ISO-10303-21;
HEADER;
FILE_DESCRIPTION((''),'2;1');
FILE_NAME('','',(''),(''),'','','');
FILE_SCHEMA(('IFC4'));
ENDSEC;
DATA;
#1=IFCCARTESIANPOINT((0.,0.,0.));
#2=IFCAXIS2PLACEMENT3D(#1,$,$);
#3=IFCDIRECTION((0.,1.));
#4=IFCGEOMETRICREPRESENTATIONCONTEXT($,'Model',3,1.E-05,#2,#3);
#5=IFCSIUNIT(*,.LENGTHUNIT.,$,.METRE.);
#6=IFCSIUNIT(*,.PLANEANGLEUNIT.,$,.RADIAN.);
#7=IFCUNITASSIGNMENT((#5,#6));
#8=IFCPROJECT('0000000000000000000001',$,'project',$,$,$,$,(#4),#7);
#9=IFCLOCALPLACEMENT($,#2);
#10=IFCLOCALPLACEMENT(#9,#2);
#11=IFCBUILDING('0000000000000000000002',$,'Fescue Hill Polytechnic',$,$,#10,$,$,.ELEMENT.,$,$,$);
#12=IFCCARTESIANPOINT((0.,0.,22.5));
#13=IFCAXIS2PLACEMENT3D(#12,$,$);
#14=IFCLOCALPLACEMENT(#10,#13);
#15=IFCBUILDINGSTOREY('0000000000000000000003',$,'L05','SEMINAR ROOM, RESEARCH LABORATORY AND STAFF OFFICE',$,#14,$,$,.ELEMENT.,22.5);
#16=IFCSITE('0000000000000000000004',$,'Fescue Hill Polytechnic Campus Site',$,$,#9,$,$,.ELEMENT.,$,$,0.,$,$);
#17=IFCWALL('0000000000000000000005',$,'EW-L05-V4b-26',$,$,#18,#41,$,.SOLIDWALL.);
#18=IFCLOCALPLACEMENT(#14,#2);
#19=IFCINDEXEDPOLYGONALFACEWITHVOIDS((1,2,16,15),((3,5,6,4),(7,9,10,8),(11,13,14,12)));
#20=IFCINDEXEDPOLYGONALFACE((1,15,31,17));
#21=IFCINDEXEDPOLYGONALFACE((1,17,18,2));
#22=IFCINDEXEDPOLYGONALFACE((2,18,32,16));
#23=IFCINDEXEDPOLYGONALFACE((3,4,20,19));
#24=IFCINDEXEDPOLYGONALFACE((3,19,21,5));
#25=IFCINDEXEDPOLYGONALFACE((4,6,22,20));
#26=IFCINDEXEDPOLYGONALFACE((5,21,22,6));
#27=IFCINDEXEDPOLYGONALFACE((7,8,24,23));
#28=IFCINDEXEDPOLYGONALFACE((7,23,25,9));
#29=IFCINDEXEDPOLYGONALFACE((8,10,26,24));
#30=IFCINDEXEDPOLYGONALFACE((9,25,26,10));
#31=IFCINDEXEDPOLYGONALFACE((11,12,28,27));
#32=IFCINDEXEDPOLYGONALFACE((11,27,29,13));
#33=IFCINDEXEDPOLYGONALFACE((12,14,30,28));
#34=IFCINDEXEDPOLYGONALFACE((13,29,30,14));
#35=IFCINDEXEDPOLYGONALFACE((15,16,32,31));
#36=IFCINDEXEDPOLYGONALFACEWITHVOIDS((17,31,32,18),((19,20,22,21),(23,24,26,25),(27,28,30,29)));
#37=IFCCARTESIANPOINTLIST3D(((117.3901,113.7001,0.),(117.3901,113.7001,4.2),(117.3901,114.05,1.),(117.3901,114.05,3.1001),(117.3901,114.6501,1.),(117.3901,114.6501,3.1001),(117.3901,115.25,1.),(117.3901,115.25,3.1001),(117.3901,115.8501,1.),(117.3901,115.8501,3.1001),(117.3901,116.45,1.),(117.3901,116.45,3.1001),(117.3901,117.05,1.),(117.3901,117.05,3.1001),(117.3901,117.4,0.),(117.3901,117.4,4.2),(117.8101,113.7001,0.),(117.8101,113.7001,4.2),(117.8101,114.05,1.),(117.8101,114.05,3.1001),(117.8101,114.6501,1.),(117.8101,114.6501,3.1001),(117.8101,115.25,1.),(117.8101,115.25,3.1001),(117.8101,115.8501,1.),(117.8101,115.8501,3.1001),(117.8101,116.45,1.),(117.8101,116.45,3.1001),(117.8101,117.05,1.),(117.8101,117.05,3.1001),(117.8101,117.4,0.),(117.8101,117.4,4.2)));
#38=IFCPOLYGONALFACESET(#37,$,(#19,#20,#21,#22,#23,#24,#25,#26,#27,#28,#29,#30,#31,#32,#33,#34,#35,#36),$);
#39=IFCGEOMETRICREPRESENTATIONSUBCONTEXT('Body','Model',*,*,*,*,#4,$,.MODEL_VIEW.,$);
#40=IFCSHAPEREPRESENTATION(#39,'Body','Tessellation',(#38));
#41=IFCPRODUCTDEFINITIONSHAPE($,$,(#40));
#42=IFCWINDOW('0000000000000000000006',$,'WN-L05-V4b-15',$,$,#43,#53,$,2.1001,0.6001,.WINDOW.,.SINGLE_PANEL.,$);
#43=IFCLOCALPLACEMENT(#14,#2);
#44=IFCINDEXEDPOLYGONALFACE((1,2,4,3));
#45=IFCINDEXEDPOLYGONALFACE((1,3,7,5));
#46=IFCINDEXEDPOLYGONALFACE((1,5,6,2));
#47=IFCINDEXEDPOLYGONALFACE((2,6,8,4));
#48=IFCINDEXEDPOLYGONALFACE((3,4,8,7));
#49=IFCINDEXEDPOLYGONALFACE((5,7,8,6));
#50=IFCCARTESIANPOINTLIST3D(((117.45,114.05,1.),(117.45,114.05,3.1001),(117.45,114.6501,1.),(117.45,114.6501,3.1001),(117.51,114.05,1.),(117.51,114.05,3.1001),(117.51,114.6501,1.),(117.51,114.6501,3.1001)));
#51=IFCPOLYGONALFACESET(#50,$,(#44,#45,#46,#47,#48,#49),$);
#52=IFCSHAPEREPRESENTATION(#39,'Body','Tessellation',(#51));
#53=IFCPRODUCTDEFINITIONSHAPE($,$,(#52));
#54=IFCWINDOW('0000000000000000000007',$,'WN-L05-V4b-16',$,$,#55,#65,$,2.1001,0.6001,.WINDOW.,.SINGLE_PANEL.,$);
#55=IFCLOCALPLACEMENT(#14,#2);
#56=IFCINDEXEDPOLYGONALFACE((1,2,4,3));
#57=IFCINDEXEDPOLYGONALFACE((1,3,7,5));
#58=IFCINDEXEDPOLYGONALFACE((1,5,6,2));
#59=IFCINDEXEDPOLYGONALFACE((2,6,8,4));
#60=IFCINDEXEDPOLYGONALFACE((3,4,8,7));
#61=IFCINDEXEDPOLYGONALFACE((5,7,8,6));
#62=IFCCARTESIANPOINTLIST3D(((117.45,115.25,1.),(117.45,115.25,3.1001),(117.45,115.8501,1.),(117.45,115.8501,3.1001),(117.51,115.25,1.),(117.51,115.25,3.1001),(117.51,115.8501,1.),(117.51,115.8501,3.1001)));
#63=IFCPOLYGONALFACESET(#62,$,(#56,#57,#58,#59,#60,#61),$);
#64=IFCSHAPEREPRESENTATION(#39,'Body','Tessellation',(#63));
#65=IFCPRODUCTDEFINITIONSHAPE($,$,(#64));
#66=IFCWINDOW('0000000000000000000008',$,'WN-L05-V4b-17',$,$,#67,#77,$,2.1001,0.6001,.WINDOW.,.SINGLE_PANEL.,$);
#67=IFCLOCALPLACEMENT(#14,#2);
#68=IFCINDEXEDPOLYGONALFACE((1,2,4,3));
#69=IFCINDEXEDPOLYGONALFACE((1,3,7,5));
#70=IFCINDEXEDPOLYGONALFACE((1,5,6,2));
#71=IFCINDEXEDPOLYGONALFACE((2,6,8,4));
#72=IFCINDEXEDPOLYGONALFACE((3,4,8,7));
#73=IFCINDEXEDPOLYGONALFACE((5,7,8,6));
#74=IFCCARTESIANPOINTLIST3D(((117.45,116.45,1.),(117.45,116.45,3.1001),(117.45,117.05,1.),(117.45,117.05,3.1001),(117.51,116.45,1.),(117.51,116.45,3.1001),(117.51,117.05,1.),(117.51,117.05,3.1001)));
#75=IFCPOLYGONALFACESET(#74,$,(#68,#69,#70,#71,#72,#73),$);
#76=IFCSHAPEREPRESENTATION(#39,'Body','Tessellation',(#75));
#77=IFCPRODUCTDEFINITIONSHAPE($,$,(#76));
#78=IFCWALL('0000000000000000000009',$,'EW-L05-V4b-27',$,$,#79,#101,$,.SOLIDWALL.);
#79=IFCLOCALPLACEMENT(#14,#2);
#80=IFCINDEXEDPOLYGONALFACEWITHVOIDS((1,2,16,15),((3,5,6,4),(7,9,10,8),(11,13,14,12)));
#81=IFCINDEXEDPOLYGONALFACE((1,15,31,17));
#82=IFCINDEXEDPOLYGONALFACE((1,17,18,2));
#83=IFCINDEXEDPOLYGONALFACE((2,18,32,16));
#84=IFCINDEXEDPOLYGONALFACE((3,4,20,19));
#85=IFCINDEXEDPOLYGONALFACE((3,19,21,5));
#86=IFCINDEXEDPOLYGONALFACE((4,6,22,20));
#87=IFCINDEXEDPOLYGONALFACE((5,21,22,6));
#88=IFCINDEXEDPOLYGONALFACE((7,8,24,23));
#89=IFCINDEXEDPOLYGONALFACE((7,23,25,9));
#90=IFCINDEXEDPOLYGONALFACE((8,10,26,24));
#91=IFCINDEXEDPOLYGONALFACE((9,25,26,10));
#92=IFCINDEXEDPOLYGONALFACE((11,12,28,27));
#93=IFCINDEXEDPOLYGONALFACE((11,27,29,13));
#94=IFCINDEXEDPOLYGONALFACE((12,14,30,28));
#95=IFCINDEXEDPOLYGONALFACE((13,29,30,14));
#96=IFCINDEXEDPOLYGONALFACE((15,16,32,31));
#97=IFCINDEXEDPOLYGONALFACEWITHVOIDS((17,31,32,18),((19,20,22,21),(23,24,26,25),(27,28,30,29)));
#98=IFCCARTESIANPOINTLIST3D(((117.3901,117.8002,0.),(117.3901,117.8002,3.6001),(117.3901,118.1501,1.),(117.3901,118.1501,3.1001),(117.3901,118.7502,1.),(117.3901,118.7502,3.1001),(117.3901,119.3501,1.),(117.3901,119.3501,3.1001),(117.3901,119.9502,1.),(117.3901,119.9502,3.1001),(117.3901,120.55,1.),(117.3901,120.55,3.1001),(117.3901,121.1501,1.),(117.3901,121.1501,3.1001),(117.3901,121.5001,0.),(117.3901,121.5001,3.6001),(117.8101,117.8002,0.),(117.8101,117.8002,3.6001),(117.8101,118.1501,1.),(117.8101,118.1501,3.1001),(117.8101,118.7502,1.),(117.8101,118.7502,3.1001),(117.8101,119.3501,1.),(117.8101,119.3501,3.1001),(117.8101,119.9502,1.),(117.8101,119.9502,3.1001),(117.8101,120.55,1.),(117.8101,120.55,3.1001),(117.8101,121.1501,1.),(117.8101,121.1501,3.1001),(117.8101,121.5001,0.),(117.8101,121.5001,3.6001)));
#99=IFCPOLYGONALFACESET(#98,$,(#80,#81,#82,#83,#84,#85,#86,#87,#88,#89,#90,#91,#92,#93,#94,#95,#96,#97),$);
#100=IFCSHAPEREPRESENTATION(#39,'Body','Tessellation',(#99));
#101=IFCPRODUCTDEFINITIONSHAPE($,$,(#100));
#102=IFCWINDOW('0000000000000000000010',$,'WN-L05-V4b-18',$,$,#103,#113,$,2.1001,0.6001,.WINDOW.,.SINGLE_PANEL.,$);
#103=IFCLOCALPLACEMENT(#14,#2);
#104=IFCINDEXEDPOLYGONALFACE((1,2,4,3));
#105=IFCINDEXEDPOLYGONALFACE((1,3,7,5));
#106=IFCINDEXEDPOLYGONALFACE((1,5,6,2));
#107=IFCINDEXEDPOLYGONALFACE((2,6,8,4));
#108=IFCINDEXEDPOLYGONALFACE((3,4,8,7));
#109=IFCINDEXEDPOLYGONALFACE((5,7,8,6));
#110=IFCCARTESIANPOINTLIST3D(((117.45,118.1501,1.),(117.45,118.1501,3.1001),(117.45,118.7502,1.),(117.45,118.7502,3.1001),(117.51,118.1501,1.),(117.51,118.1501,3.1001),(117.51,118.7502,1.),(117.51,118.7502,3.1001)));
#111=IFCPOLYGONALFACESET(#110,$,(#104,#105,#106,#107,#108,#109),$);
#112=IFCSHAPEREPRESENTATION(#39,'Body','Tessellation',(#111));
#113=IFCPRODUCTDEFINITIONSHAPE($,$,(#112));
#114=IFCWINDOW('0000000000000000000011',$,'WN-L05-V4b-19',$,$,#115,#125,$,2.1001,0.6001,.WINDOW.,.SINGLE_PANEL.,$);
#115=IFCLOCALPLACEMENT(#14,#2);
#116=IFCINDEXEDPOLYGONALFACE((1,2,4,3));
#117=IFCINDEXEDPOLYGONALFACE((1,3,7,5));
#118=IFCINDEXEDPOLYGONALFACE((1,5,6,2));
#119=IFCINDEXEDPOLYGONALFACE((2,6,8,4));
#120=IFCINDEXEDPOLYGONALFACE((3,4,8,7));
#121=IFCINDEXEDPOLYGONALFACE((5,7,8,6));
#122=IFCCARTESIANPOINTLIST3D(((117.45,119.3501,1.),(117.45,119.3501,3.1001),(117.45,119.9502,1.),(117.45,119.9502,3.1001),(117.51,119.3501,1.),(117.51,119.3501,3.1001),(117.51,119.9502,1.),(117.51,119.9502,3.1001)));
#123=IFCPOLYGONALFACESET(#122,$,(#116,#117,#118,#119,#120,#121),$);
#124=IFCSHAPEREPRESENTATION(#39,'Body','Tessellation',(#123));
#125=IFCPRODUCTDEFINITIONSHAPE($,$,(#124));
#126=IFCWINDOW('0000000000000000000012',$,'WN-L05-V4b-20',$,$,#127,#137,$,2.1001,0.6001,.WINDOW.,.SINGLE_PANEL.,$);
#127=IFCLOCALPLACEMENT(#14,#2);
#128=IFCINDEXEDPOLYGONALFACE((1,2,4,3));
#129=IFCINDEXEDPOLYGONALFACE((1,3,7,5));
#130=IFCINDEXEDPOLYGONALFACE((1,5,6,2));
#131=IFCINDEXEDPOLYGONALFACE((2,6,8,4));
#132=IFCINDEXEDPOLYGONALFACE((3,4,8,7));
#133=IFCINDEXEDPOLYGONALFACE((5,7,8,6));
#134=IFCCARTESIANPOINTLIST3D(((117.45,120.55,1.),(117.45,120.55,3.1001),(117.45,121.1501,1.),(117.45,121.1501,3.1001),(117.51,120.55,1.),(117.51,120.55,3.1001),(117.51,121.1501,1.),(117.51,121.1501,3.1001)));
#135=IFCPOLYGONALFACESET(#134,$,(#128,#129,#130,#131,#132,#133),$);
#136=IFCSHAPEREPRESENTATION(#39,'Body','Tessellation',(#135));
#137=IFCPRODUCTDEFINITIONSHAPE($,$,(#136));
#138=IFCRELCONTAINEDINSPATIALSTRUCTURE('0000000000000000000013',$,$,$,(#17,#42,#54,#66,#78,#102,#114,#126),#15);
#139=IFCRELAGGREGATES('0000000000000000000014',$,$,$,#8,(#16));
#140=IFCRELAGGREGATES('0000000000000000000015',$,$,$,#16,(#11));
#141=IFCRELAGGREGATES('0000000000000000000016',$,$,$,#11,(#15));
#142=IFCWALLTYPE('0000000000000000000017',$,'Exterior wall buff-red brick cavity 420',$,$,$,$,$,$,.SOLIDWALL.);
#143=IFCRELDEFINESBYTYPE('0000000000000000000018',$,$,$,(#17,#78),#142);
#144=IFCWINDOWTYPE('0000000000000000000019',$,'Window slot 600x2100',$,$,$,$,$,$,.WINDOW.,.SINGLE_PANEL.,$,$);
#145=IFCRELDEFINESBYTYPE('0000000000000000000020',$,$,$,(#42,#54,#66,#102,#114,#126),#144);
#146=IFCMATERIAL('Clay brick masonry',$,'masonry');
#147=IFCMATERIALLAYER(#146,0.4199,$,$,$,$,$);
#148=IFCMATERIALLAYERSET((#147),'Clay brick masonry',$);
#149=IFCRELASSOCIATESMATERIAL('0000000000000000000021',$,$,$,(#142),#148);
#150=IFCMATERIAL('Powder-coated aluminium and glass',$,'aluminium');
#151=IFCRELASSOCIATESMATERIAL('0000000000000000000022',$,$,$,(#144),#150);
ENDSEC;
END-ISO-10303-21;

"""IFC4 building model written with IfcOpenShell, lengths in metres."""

from ifc_helpers import new_model, si_unit, direction, frame, frame_2d, origin, place, context, subcontext, project, spatial, rectangle, extrude, material, layer, layer_set, type_object, element, fill, save


model = new_model("IFC4")

# Units and contexts
model_context = context("Model", 3, precision=1e-05, world=origin(), true_north=direction((0.0, 1.0)))
body_context = subcontext(model_context, "Body", "Model", "MODEL_VIEW")
ifc_project = project(units=[si_unit("LENGTHUNIT", "METRE"), si_unit("PLANEANGLEUNIT", "RADIAN")], contexts=[model_context])

# Site, building, storey
site_placement = place(None, origin())
site = spatial("IfcSite", under=ifc_project, at=site_placement, Name="Fescue Hill Polytechnic Campus Site", CompositionType="ELEMENT", RefElevation=0.0)
building_placement = place(site_placement, origin())
building = spatial("IfcBuilding", under=site, at=building_placement, Name="Fescue Hill Polytechnic", CompositionType="ELEMENT")
storey_placement = place(building_placement, frame((0.0, 0.0, 22.5)))
storey = spatial("IfcBuildingStorey", under=building, at=storey_placement, Name="L05", Description="SEMINAR ROOM, RESEARCH LABORATORY AND STAFF OFFICE", CompositionType="ELEMENT", Elevation=22.5)

# Shared definitions
ifc_material_1 = material(Name="Clay brick masonry", Category="masonry")

# Shared definitions
ifc_material_2 = material(Name="Powder-coated aluminium and glass", Category="aluminium")

# Walls, openings, windows
ifc_layer_1 = layer(ifc_material_1, 0.4199)
ifc_layer_set_1 = layer_set([ifc_layer_1], Name="Clay brick masonry")
wall_type_1 = type_object("IfcWallType", Name="Exterior wall buff-red brick cavity 420", PredefinedType="SOLIDWALL", material=ifc_layer_set_1)
window_type_1 = type_object("IfcWindowType", Name="Window slot 600x2100", PartitioningType="SINGLE_PANEL", PredefinedType="WINDOW", material=ifc_material_2)
wall_1_placement = place(storey_placement, frame((117.6001, 113.7, 0.0), z_axis=(0.0, 0.0, 1.0), x_axis=(0.0, 1.0, 0.0)))
wall_1 = element("IfcWall", 1, at=wall_1_placement, inside=storey, type_object=wall_type_1, Name="EW-L05-V4b-26", PredefinedType="SOLIDWALL", context=body_context, shape_type="SweptSolid", body=[
    extrude(rectangle(XDim=3.7, YDim=0.4199, at=frame_2d((1.8501, 0.0))), origin(), (0.0, 0.0, 1.0), 4.2),
])
opening_1_placement = place(wall_1_placement, frame((0.3501, 0.0, 1.0)))
opening_1 = element("IfcOpeningElement", 2, at=opening_1_placement, cuts=wall_1, PredefinedType="OPENING", context=body_context, shape_type="SweptSolid", body=[
    extrude(rectangle(XDim=0.6001, YDim=2.1001, at=frame_2d((0.3, 1.05))), frame((0.0, 0.22, 0.0), z_axis=(0.0, -1.0, 0.0), x_axis=(1.0, 0.0, 0.0)), (0.0, 0.0, 1.0), 0.4399),
])
opening_2_placement = place(wall_1_placement, frame((1.55, 0.0, 1.0)))
opening_2 = element("IfcOpeningElement", 3, at=opening_2_placement, cuts=wall_1, PredefinedType="OPENING", context=body_context, shape_type="SweptSolid", body=[
    extrude(rectangle(XDim=0.6001, YDim=2.1001, at=frame_2d((0.3, 1.05))), frame((0.0, 0.22, 0.0), z_axis=(0.0, -1.0, 0.0), x_axis=(1.0, 0.0, 0.0)), (0.0, 0.0, 1.0), 0.4399),
])
opening_3_placement = place(wall_1_placement, frame((2.75, 0.0, 1.0)))
opening_3 = element("IfcOpeningElement", 4, at=opening_3_placement, cuts=wall_1, PredefinedType="OPENING", context=body_context, shape_type="SweptSolid", body=[
    extrude(rectangle(XDim=0.6001, YDim=2.1001, at=frame_2d((0.3, 1.05))), frame((0.0, 0.22, 0.0), z_axis=(0.0, -1.0, 0.0), x_axis=(1.0, 0.0, 0.0)), (0.0, 0.0, 1.0), 0.4399),
])
window_1_placement = place(opening_1_placement, origin())
window_1 = element("IfcWindow", 5, at=window_1_placement, inside=storey, type_object=window_type_1, Name="WN-L05-V4b-15", OverallHeight=2.1001, OverallWidth=0.6001, PartitioningType="SINGLE_PANEL", PredefinedType="WINDOW", context=body_context, shape_type="SweptSolid", body=[
    extrude(rectangle(XDim=0.6001, YDim=2.1001, at=frame_2d((0.3, 1.05))), frame((0.0, 0.1501, 0.0), z_axis=(0.0, -1.0, 0.0), x_axis=(1.0, 0.0, 0.0)), (0.0, 0.0, 1.0), 0.0601),
])
fill(opening_1, window_1)
window_2_placement = place(opening_2_placement, origin())
window_2 = element("IfcWindow", 6, at=window_2_placement, inside=storey, type_object=window_type_1, Name="WN-L05-V4b-16", OverallHeight=2.1001, OverallWidth=0.6001, PartitioningType="SINGLE_PANEL", PredefinedType="WINDOW", context=body_context, shape_type="SweptSolid", body=[
    extrude(rectangle(XDim=0.6001, YDim=2.1001, at=frame_2d((0.3, 1.05))), frame((0.0, 0.1501, 0.0), z_axis=(0.0, -1.0, 0.0), x_axis=(1.0, 0.0, 0.0)), (0.0, 0.0, 1.0), 0.0601),
])
fill(opening_2, window_2)
window_3_placement = place(opening_3_placement, origin())
window_3 = element("IfcWindow", 7, at=window_3_placement, inside=storey, type_object=window_type_1, Name="WN-L05-V4b-17", OverallHeight=2.1001, OverallWidth=0.6001, PartitioningType="SINGLE_PANEL", PredefinedType="WINDOW", context=body_context, shape_type="SweptSolid", body=[
    extrude(rectangle(XDim=0.6001, YDim=2.1001, at=frame_2d((0.3, 1.05))), frame((0.0, 0.1501, 0.0), z_axis=(0.0, -1.0, 0.0), x_axis=(1.0, 0.0, 0.0)), (0.0, 0.0, 1.0), 0.0601),
])
fill(opening_3, window_3)
wall_2_placement = place(storey_placement, frame((117.6001, 117.8, 0.0), z_axis=(0.0, 0.0, 1.0), x_axis=(0.0, 1.0, 0.0)))
wall_2 = element("IfcWall", 8, at=wall_2_placement, inside=storey, type_object=wall_type_1, Name="EW-L05-V4b-27", PredefinedType="SOLIDWALL", context=body_context, shape_type="SweptSolid", body=[
    extrude(rectangle(XDim=3.7, YDim=0.4199, at=frame_2d((1.8501, 0.0))), origin(), (0.0, 0.0, 1.0), 3.6001),
])
opening_4_placement = place(wall_2_placement, frame((0.3501, 0.0, 1.0)))
opening_4 = element("IfcOpeningElement", 9, at=opening_4_placement, cuts=wall_2, PredefinedType="OPENING", context=body_context, shape_type="SweptSolid", body=[
    extrude(rectangle(XDim=0.6001, YDim=2.1001, at=frame_2d((0.3, 1.05))), frame((0.0, 0.22, 0.0), z_axis=(0.0, -1.0, 0.0), x_axis=(1.0, 0.0, 0.0)), (0.0, 0.0, 1.0), 0.4399),
])
opening_5_placement = place(wall_2_placement, frame((1.55, 0.0, 1.0)))
opening_5 = element("IfcOpeningElement", 10, at=opening_5_placement, cuts=wall_2, PredefinedType="OPENING", context=body_context, shape_type="SweptSolid", body=[
    extrude(rectangle(XDim=0.6001, YDim=2.1001, at=frame_2d((0.3, 1.05))), frame((0.0, 0.22, 0.0), z_axis=(0.0, -1.0, 0.0), x_axis=(1.0, 0.0, 0.0)), (0.0, 0.0, 1.0), 0.4399),
])
opening_6_placement = place(wall_2_placement, frame((2.75, 0.0, 1.0)))
opening_6 = element("IfcOpeningElement", 11, at=opening_6_placement, cuts=wall_2, PredefinedType="OPENING", context=body_context, shape_type="SweptSolid", body=[
    extrude(rectangle(XDim=0.6001, YDim=2.1001, at=frame_2d((0.3, 1.05))), frame((0.0, 0.22, 0.0), z_axis=(0.0, -1.0, 0.0), x_axis=(1.0, 0.0, 0.0)), (0.0, 0.0, 1.0), 0.4399),
])
window_4_placement = place(opening_4_placement, origin())
window_4 = element("IfcWindow", 12, at=window_4_placement, inside=storey, type_object=window_type_1, Name="WN-L05-V4b-18", OverallHeight=2.1001, OverallWidth=0.6001, PartitioningType="SINGLE_PANEL", PredefinedType="WINDOW", context=body_context, shape_type="SweptSolid", body=[
    extrude(rectangle(XDim=0.6001, YDim=2.1001, at=frame_2d((0.3, 1.05))), frame((0.0, 0.1501, 0.0), z_axis=(0.0, -1.0, 0.0), x_axis=(1.0, 0.0, 0.0)), (0.0, 0.0, 1.0), 0.0601),
])
fill(opening_4, window_4)
window_5_placement = place(opening_5_placement, origin())
window_5 = element("IfcWindow", 13, at=window_5_placement, inside=storey, type_object=window_type_1, Name="WN-L05-V4b-19", OverallHeight=2.1001, OverallWidth=0.6001, PartitioningType="SINGLE_PANEL", PredefinedType="WINDOW", context=body_context, shape_type="SweptSolid", body=[
    extrude(rectangle(XDim=0.6001, YDim=2.1001, at=frame_2d((0.3, 1.05))), frame((0.0, 0.1501, 0.0), z_axis=(0.0, -1.0, 0.0), x_axis=(1.0, 0.0, 0.0)), (0.0, 0.0, 1.0), 0.0601),
])
fill(opening_5, window_5)
window_6_placement = place(opening_6_placement, origin())
window_6 = element("IfcWindow", 14, at=window_6_placement, inside=storey, type_object=window_type_1, Name="WN-L05-V4b-20", OverallHeight=2.1001, OverallWidth=0.6001, PartitioningType="SINGLE_PANEL", PredefinedType="WINDOW", context=body_context, shape_type="SweptSolid", body=[
    extrude(rectangle(XDim=0.6001, YDim=2.1001, at=frame_2d((0.3, 1.05))), frame((0.0, 0.1501, 0.0), z_axis=(0.0, -1.0, 0.0), x_axis=(1.0, 0.0, 0.0)), (0.0, 0.0, 1.0), 0.0601),
])
fill(opening_6, window_6)

save(model, "model.ifc")
